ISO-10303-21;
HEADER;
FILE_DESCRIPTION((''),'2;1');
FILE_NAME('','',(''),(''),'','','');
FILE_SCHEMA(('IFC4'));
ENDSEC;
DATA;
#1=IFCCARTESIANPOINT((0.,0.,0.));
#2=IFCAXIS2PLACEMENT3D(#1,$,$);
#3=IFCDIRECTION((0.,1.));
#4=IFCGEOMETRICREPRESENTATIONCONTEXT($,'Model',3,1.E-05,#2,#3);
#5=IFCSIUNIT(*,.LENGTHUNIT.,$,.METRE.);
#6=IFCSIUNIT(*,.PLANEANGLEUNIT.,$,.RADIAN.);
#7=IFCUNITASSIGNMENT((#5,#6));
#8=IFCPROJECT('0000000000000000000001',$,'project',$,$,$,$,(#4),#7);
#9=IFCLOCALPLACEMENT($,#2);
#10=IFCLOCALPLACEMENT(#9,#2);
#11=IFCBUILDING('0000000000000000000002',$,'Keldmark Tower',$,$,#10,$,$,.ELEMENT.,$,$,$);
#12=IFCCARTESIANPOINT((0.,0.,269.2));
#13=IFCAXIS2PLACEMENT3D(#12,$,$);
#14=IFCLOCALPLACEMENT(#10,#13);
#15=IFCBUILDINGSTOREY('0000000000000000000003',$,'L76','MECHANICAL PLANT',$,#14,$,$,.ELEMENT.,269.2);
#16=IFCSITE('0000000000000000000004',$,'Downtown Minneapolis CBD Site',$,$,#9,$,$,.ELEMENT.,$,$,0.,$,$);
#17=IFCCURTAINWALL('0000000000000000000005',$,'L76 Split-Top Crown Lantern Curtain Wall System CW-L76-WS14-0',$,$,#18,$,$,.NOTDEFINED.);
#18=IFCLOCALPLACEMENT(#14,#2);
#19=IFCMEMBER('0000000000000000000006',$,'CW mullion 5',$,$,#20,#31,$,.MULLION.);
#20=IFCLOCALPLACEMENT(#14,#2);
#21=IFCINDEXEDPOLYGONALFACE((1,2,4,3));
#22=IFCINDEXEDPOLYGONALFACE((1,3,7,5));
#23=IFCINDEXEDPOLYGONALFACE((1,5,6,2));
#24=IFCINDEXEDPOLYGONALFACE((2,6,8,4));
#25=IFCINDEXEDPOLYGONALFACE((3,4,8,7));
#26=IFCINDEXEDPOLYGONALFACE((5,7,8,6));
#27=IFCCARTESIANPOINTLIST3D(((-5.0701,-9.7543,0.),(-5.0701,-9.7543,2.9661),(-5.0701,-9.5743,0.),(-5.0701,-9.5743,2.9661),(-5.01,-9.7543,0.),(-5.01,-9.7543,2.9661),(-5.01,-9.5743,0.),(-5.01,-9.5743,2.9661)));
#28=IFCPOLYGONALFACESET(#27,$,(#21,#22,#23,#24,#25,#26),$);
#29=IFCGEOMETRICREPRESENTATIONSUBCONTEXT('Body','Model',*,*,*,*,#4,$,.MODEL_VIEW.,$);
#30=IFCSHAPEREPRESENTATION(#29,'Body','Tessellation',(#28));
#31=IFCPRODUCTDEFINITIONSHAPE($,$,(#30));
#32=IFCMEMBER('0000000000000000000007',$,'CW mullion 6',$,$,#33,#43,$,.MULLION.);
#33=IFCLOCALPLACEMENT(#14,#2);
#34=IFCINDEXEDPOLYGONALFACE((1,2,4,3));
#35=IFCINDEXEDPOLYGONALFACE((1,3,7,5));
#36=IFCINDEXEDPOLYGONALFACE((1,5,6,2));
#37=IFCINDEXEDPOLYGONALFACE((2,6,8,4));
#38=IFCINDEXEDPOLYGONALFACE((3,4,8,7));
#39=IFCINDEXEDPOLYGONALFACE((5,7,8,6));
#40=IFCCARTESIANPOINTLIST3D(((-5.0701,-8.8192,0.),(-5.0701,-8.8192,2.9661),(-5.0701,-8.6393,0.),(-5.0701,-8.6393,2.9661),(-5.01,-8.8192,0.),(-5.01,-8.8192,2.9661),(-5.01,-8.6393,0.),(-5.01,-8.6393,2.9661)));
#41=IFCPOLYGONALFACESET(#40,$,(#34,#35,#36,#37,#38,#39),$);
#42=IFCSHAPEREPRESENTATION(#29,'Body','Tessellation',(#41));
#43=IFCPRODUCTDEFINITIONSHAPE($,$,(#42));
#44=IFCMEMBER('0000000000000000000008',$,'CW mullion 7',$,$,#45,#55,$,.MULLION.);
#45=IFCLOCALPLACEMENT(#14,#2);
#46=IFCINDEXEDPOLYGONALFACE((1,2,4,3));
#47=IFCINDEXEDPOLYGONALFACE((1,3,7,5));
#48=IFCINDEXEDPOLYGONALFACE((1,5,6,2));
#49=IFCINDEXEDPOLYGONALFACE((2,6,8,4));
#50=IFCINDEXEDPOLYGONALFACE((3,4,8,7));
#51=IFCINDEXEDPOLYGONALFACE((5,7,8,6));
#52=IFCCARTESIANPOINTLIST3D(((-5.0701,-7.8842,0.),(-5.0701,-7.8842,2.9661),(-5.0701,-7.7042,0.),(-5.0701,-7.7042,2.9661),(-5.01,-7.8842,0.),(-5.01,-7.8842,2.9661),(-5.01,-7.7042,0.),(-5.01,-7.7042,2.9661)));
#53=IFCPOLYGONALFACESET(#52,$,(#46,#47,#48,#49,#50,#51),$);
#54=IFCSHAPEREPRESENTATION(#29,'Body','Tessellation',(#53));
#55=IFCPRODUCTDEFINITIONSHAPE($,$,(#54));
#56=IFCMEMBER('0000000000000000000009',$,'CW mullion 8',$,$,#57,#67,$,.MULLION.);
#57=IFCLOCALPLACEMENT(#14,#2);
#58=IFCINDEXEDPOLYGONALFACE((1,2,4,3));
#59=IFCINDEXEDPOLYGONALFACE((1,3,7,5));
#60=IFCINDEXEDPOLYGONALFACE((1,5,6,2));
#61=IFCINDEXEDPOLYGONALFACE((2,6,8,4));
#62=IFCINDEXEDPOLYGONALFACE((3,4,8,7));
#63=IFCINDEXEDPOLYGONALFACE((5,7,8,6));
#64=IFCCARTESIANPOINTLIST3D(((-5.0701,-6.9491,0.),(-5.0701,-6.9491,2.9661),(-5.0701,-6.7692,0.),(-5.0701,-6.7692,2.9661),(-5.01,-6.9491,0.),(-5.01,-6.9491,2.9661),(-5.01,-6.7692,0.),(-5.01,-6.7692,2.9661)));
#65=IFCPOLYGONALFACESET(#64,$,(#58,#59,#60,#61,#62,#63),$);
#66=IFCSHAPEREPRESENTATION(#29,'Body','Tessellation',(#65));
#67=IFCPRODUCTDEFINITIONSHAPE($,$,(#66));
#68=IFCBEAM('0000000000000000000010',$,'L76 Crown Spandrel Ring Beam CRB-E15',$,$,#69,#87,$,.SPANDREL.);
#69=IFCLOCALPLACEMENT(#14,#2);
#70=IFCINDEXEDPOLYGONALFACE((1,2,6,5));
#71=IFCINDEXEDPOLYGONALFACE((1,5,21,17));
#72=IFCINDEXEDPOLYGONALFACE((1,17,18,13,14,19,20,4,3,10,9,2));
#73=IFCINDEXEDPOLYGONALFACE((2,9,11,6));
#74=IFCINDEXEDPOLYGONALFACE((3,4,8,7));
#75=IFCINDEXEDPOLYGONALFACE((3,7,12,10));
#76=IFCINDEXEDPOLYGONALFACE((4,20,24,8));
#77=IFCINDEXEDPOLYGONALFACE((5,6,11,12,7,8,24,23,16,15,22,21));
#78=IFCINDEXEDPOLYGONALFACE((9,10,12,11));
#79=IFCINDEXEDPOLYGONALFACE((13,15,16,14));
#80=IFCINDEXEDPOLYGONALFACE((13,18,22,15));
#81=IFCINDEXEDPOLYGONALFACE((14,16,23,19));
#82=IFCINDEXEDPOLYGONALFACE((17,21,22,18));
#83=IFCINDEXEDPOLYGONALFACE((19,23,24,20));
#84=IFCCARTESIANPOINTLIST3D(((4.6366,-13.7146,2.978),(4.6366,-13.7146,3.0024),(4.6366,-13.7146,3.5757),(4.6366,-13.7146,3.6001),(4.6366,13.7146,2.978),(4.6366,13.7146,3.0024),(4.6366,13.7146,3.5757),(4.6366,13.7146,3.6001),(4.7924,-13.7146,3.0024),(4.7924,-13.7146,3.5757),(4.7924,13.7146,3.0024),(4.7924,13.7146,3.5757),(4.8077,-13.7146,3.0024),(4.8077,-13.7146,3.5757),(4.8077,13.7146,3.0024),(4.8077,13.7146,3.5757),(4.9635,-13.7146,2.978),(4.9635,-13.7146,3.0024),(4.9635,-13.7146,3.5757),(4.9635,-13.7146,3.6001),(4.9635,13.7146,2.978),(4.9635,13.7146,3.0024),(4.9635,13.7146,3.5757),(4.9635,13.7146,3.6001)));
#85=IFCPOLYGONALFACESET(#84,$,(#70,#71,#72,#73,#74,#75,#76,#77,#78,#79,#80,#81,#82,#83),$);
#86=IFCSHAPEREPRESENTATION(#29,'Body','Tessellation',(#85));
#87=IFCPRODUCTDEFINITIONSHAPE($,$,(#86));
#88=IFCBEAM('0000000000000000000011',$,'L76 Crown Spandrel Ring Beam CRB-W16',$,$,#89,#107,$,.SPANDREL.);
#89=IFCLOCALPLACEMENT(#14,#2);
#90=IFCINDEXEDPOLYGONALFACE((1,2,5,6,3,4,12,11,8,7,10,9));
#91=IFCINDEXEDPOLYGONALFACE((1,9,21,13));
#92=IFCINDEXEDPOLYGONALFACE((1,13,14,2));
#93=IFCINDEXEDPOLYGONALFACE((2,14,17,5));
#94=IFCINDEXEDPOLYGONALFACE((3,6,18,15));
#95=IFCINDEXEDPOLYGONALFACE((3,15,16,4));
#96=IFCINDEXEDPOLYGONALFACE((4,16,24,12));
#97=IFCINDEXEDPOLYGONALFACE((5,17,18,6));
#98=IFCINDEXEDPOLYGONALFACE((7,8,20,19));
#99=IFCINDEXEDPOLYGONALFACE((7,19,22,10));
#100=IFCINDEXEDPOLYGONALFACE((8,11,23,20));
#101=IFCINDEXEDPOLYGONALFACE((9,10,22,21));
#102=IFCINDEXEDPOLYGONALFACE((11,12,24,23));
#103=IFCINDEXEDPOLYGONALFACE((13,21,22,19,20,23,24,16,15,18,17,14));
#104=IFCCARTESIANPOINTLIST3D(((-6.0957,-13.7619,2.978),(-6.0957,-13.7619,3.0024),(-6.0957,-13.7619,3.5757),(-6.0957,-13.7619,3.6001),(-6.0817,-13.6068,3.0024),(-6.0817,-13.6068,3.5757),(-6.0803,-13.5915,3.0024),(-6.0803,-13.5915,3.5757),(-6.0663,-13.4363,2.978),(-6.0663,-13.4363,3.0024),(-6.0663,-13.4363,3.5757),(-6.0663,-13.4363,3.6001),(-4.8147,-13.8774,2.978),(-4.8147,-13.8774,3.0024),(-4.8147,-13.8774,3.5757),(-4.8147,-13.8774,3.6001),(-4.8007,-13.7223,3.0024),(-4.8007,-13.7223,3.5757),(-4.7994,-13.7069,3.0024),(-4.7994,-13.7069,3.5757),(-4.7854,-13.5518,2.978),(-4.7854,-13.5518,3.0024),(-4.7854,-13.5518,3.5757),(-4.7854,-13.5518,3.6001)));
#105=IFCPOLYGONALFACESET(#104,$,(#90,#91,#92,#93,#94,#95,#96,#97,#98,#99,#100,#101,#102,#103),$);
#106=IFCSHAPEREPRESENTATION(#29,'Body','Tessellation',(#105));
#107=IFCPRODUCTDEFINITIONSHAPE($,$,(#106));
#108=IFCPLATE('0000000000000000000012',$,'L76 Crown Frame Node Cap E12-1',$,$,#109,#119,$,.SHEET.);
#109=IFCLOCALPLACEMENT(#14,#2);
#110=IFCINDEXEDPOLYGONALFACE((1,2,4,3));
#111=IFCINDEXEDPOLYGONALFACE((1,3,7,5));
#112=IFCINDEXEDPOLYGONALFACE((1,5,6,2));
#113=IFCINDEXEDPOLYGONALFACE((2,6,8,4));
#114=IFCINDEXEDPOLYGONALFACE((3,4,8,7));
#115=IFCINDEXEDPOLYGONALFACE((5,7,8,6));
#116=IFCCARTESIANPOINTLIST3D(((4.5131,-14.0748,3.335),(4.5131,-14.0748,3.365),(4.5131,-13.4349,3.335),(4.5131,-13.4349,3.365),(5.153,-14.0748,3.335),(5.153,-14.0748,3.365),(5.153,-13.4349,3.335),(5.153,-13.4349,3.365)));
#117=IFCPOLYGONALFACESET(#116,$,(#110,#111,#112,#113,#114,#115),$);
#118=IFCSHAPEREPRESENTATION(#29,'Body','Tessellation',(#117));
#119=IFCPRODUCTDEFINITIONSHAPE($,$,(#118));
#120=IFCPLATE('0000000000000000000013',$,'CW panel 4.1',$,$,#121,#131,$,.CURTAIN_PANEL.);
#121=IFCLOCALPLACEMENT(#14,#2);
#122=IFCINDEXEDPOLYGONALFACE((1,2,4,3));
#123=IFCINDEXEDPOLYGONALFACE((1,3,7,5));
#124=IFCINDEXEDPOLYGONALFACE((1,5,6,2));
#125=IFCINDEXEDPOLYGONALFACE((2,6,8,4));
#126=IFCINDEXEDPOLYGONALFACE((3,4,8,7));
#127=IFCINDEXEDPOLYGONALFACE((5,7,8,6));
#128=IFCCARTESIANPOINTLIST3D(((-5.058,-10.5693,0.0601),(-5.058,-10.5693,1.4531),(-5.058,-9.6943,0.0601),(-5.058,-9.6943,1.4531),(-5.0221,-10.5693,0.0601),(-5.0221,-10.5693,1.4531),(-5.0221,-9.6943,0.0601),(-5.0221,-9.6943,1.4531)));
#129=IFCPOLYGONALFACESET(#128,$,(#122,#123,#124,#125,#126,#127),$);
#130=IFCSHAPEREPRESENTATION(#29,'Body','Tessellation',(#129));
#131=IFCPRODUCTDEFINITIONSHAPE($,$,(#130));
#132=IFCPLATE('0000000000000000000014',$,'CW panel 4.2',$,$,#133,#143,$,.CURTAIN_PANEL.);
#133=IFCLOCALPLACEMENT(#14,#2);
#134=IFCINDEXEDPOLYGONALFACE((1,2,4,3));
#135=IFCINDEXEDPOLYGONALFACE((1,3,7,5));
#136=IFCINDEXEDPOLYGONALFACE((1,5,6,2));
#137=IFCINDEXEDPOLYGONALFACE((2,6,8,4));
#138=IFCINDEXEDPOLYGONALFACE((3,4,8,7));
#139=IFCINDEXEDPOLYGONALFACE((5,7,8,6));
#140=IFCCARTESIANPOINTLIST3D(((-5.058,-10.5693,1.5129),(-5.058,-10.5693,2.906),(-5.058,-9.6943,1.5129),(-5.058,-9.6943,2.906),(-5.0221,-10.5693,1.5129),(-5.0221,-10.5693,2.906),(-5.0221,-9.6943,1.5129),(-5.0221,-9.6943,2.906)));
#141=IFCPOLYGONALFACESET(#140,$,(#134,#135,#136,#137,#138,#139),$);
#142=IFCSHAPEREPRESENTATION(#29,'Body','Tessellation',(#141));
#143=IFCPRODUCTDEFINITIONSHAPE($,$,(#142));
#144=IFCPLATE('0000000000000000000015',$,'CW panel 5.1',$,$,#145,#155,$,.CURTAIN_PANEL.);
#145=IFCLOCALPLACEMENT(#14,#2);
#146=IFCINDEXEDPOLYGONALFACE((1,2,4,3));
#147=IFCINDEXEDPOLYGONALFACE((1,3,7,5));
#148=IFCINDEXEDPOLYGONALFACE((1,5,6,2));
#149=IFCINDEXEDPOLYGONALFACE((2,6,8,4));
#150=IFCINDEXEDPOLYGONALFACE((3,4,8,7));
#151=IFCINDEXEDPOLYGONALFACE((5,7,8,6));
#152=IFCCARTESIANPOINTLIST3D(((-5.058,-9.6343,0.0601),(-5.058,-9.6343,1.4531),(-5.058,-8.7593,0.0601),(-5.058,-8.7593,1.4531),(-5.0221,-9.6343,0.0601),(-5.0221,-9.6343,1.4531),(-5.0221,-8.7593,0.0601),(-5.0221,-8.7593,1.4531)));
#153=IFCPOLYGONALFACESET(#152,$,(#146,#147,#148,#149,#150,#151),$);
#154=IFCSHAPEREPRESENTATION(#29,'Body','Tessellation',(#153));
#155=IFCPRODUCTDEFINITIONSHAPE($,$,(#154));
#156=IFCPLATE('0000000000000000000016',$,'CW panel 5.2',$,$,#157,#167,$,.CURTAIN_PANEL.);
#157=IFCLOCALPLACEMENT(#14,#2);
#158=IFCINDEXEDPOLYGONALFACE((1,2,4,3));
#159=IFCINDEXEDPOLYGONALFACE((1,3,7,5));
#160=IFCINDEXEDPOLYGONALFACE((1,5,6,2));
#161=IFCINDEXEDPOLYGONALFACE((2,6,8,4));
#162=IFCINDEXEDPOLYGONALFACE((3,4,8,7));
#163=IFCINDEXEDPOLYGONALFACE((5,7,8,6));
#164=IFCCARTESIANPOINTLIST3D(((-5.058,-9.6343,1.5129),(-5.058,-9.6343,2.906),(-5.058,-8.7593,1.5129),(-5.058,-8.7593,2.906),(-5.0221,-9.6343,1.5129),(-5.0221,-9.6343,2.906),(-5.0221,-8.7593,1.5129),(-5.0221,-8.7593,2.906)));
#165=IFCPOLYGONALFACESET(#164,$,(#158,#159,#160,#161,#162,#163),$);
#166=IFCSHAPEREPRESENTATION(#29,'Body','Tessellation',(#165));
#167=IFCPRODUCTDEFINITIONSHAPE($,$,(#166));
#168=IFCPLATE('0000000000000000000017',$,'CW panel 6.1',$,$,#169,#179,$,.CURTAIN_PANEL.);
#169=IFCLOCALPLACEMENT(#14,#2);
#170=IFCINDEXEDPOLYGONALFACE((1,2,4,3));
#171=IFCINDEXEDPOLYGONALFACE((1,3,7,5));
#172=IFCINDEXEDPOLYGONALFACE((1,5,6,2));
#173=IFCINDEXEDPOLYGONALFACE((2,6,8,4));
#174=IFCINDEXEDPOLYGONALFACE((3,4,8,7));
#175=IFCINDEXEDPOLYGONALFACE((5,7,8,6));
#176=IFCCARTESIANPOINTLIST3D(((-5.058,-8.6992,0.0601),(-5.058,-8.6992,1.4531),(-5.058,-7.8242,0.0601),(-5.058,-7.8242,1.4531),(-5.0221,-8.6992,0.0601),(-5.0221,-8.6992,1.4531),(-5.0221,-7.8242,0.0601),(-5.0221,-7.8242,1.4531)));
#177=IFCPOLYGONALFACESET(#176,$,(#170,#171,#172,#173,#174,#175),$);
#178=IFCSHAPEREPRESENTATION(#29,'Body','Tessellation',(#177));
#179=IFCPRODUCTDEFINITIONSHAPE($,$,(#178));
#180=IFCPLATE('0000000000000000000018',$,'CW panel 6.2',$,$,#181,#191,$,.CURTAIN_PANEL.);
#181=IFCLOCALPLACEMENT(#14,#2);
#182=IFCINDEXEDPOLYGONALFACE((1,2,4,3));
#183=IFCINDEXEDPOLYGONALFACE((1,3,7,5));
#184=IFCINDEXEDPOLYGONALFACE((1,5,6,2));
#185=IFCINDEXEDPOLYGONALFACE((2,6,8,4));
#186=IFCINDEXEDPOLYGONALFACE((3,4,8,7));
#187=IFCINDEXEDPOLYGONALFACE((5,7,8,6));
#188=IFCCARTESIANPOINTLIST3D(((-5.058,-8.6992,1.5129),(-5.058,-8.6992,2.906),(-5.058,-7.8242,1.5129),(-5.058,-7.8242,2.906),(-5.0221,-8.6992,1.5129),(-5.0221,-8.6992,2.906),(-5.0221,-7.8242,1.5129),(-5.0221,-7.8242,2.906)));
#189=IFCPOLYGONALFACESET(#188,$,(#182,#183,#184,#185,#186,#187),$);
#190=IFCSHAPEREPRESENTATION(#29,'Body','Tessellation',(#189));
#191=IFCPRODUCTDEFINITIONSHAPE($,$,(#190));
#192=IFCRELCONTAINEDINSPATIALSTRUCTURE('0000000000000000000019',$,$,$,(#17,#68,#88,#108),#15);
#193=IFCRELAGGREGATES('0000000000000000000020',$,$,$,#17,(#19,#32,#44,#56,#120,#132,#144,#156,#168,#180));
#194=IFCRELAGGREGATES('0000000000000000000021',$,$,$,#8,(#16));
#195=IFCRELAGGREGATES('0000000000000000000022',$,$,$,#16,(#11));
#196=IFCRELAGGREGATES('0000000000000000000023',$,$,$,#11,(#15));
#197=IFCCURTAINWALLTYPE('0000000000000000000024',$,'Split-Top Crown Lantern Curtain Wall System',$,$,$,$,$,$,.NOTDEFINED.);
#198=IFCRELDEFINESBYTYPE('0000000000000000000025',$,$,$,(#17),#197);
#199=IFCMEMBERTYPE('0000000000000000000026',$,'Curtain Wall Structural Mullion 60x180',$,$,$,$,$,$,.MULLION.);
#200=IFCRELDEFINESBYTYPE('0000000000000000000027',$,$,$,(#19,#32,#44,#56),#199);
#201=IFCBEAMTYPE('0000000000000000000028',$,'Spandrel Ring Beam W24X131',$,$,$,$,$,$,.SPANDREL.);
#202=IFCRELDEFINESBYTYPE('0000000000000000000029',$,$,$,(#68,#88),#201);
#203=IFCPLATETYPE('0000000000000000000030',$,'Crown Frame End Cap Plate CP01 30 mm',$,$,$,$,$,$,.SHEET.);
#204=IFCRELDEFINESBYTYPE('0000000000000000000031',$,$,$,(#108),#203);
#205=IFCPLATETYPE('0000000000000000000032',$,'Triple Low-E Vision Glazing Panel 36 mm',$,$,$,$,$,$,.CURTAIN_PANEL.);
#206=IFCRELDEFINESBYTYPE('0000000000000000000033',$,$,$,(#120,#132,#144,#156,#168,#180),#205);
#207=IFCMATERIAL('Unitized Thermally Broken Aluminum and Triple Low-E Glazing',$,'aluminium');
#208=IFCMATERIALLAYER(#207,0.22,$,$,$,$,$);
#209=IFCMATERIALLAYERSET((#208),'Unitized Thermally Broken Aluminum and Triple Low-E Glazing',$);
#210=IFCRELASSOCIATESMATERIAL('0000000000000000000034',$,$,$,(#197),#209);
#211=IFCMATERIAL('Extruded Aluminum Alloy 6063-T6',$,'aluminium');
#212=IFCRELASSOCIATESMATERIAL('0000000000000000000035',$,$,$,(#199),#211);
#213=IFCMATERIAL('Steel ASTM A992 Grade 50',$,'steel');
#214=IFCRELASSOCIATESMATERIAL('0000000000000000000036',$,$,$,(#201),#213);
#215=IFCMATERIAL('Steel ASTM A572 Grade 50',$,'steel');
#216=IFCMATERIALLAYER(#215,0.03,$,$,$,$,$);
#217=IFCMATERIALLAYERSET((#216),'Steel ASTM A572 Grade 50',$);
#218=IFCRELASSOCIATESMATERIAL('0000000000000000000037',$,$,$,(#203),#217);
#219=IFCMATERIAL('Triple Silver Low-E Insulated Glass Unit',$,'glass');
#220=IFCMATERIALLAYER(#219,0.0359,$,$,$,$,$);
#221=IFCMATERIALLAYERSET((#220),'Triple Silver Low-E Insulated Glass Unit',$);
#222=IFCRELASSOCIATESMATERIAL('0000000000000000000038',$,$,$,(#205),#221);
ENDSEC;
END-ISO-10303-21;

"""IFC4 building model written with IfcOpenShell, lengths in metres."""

from ifc_helpers import new_model, si_unit, direction, frame, origin, origin_2d, place, context, subcontext, project, spatial, rectangle, i_section, extrude, material, layer, layer_set, material_profile, profile_set, type_object, element, aggregate, save


model = new_model("IFC4")

# Units and contexts
model_context = context("Model", 3, precision=1e-05, world=origin(), true_north=direction((0.0, 1.0)))
body_context = subcontext(model_context, "Body", "Model", "MODEL_VIEW")
ifc_project = project(units=[si_unit("LENGTHUNIT", "METRE"), si_unit("PLANEANGLEUNIT", "RADIAN")], contexts=[model_context])

# Site, building, storey
site_placement = place(None, origin())
site = spatial("IfcSite", under=ifc_project, at=site_placement, Name="Downtown Minneapolis CBD Site", CompositionType="ELEMENT", RefElevation=0.0)
building_placement = place(site_placement, origin())
building = spatial("IfcBuilding", under=site, at=building_placement, Name="Keldmark Tower", CompositionType="ELEMENT")
storey_placement = place(building_placement, frame((0.0, 0.0, 269.2)))
storey = spatial("IfcBuildingStorey", under=building, at=storey_placement, Name="L76", Description="MECHANICAL PLANT", CompositionType="ELEMENT", Elevation=269.2)

# Curtain wall, members
ifc_material_1 = material(Name="Unitized Thermally Broken Aluminum and Triple Low-E Glazing", Category="aluminium")
ifc_layer_1 = layer(ifc_material_1, 0.22)
ifc_layer_set_1 = layer_set([ifc_layer_1], Name="Unitized Thermally Broken Aluminum and Triple Low-E Glazing")
curtain_wall_type = type_object("IfcCurtainWallType", Name="Split-Top Crown Lantern Curtain Wall System", PredefinedType="NOTDEFINED", material=ifc_layer_set_1)
curtain_wall_placement = place(storey_placement, origin())
curtain_wall = element("IfcCurtainWall", 1, at=curtain_wall_placement, inside=storey, type_object=curtain_wall_type, Name="L76 Split-Top Crown Lantern Curtain Wall System CW-L76-WS14-0", PredefinedType="NOTDEFINED")
ifc_material_2 = material(Name="Extruded Aluminum Alloy 6063-T6", Category="aluminium")
ifc_material_profile_1 = material_profile(ifc_material_2, rectangle(XDim=0.0601, YDim=0.1799, at=origin_2d()), Name="CWM60X180")
ifc_profile_set_1 = profile_set([ifc_material_profile_1], Name="Extruded Aluminum Alloy 6063-T6")
member_type_1 = type_object("IfcMemberType", Name="Curtain Wall Structural Mullion 60x180", PredefinedType="MULLION", material=ifc_profile_set_1)
member_1_placement = place(storey_placement, frame((-5.04, -9.6643, 0.0), z_axis=(0.0, 0.0, 1.0), x_axis=(-1.0, 0.0, 0.0)))
member_1 = element("IfcMember", 2, at=member_1_placement, type_object=member_type_1, Name="CW mullion 5", PredefinedType="MULLION", context=body_context, shape_type="SweptSolid", body=[
    extrude(rectangle(XDim=0.0601, YDim=0.1799, at=origin_2d()), origin(), (0.0, 0.0, 1.0), 2.9661),
])
member_2_placement = place(storey_placement, frame((-5.04, -8.7292, 0.0), z_axis=(0.0, 0.0, 1.0), x_axis=(-1.0, 0.0, 0.0)))
member_2 = element("IfcMember", 3, at=member_2_placement, type_object=member_type_1, Name="CW mullion 6", PredefinedType="MULLION", context=body_context, shape_type="SweptSolid", body=[
    extrude(rectangle(XDim=0.0601, YDim=0.1799, at=origin_2d()), origin(), (0.0, 0.0, 1.0), 2.9661),
])
member_3_placement = place(storey_placement, frame((-5.04, -7.7942, 0.0), z_axis=(0.0, 0.0, 1.0), x_axis=(-1.0, 0.0, 0.0)))
member_3 = element("IfcMember", 4, at=member_3_placement, type_object=member_type_1, Name="CW mullion 7", PredefinedType="MULLION", context=body_context, shape_type="SweptSolid", body=[
    extrude(rectangle(XDim=0.0601, YDim=0.1799, at=origin_2d()), origin(), (0.0, 0.0, 1.0), 2.9661),
])
member_4_placement = place(storey_placement, frame((-5.04, -6.8591, 0.0), z_axis=(0.0, 0.0, 1.0), x_axis=(-1.0, 0.0, 0.0)))
member_4 = element("IfcMember", 5, at=member_4_placement, type_object=member_type_1, Name="CW mullion 8", PredefinedType="MULLION", context=body_context, shape_type="SweptSolid", body=[
    extrude(rectangle(XDim=0.0601, YDim=0.1799, at=origin_2d()), origin(), (0.0, 0.0, 1.0), 2.9661),
])

# Beams
ifc_material_3 = material(Name="Steel ASTM A992 Grade 50", Category="steel")
ifc_material_profile_2 = material_profile(ifc_material_3, i_section(OverallWidth=0.3269, OverallDepth=0.6221, WebThickness=0.0154, FlangeThickness=0.0244, at=origin_2d()), Name="W24X131")
ifc_profile_set_2 = profile_set([ifc_material_profile_2], Name="Steel ASTM A992 Grade 50")
beam_type = type_object("IfcBeamType", Name="Spandrel Ring Beam W24X131", PredefinedType="SPANDREL", material=ifc_profile_set_2)
beam_1_placement = place(storey_placement, frame((4.8, -13.7146, 3.2891), z_axis=(0.0, 1.0, 0.0), x_axis=(-1.0, 0.0, 0.0)))
element("IfcBeam", 6, at=beam_1_placement, inside=storey, type_object=beam_type, Name="L76 Crown Spandrel Ring Beam CRB-E15", PredefinedType="SPANDREL", context=body_context, shape_type="SweptSolid", body=[
    extrude(i_section(OverallWidth=0.3269, OverallDepth=0.6221, WebThickness=0.0154, FlangeThickness=0.0244, at=origin_2d()), origin(), (0.0, 0.0, 1.0), 27.4292),
])
beam_2_placement = place(storey_placement, frame((-4.8, -13.7146, 3.2891), z_axis=(-0.995961, 0.089783, 0.0), x_axis=(-0.089783, -0.995961, 0.0)))
element("IfcBeam", 7, at=beam_2_placement, inside=storey, type_object=beam_type, Name="L76 Crown Spandrel Ring Beam CRB-W16", PredefinedType="SPANDREL", context=body_context, shape_type="SweptSolid", body=[
    extrude(i_section(OverallWidth=0.3269, OverallDepth=0.6221, WebThickness=0.0154, FlangeThickness=0.0244, at=origin_2d()), origin(), (0.0, 0.0, 1.0), 1.2861),
])

# Plates
ifc_material_4 = material(Name="Steel ASTM A572 Grade 50", Category="steel")
ifc_layer_2 = layer(ifc_material_4, 0.03)
ifc_layer_set_2 = layer_set([ifc_layer_2], Name="Steel ASTM A572 Grade 50")
plate_type_1 = type_object("IfcPlateType", Name="Crown Frame End Cap Plate CP01 30 mm", PredefinedType="SHEET", material=ifc_layer_set_2)
plate_1_placement = place(storey_placement, frame((4.833, -13.7549, 3.335), z_axis=(0.0, 0.0, 1.0), x_axis=(1.0, 0.0, 0.0)))
element("IfcPlate", 8, at=plate_1_placement, inside=storey, type_object=plate_type_1, Name="L76 Crown Frame Node Cap E12-1", PredefinedType="SHEET", context=body_context, shape_type="SweptSolid", body=[
    extrude(rectangle(XDim=0.6399, YDim=0.6399, at=origin_2d()), origin(), (0.0, 0.0, 1.0), 0.03),
])
ifc_material_5 = material(Name="Triple Silver Low-E Insulated Glass Unit", Category="glass")
ifc_layer_3 = layer(ifc_material_5, 0.0359)
ifc_layer_set_3 = layer_set([ifc_layer_3], Name="Triple Silver Low-E Insulated Glass Unit")
plate_type_2 = type_object("IfcPlateType", Name="Triple Low-E Vision Glazing Panel 36 mm", PredefinedType="CURTAIN_PANEL", material=ifc_layer_set_3)
plate_2_placement = place(storey_placement, frame((-5.04, -10.1318, 0.0601), z_axis=(0.0, 0.0, 1.0), x_axis=(0.0, 1.0, 0.0)))
plate_2 = element("IfcPlate", 9, at=plate_2_placement, type_object=plate_type_2, Name="CW panel 4.1", PredefinedType="CURTAIN_PANEL", context=body_context, shape_type="SweptSolid", body=[
    extrude(rectangle(XDim=0.875, YDim=0.0359, at=origin_2d()), origin(), (0.0, 0.0, 1.0), 1.3931),
])
plate_3_placement = place(storey_placement, frame((-5.04, -10.1318, 1.5129), z_axis=(0.0, 0.0, 1.0), x_axis=(0.0, 1.0, 0.0)))
plate_3 = element("IfcPlate", 10, at=plate_3_placement, type_object=plate_type_2, Name="CW panel 4.2", PredefinedType="CURTAIN_PANEL", context=body_context, shape_type="SweptSolid", body=[
    extrude(rectangle(XDim=0.875, YDim=0.0359, at=origin_2d()), origin(), (0.0, 0.0, 1.0), 1.3931),
])
plate_4_placement = place(storey_placement, frame((-5.04, -9.1968, 0.0601), z_axis=(0.0, 0.0, 1.0), x_axis=(0.0, 1.0, 0.0)))
plate_4 = element("IfcPlate", 11, at=plate_4_placement, type_object=plate_type_2, Name="CW panel 5.1", PredefinedType="CURTAIN_PANEL", context=body_context, shape_type="SweptSolid", body=[
    extrude(rectangle(XDim=0.875, YDim=0.0359, at=origin_2d()), origin(), (0.0, 0.0, 1.0), 1.3931),
])
plate_5_placement = place(storey_placement, frame((-5.04, -9.1968, 1.5129), z_axis=(0.0, 0.0, 1.0), x_axis=(0.0, 1.0, 0.0)))
plate_5 = element("IfcPlate", 12, at=plate_5_placement, type_object=plate_type_2, Name="CW panel 5.2", PredefinedType="CURTAIN_PANEL", context=body_context, shape_type="SweptSolid", body=[
    extrude(rectangle(XDim=0.875, YDim=0.0359, at=origin_2d()), origin(), (0.0, 0.0, 1.0), 1.3931),
])
plate_6_placement = place(storey_placement, frame((-5.04, -8.2617, 0.0601), z_axis=(0.0, 0.0, 1.0), x_axis=(0.0, 1.0, 0.0)))
plate_6 = element("IfcPlate", 13, at=plate_6_placement, type_object=plate_type_2, Name="CW panel 6.1", PredefinedType="CURTAIN_PANEL", context=body_context, shape_type="SweptSolid", body=[
    extrude(rectangle(XDim=0.875, YDim=0.0359, at=origin_2d()), origin(), (0.0, 0.0, 1.0), 1.3931),
])
plate_7_placement = place(storey_placement, frame((-5.04, -8.2617, 1.5129), z_axis=(0.0, 0.0, 1.0), x_axis=(0.0, 1.0, 0.0)))
plate_7 = element("IfcPlate", 14, at=plate_7_placement, type_object=plate_type_2, Name="CW panel 6.2", PredefinedType="CURTAIN_PANEL", context=body_context, shape_type="SweptSolid", body=[
    extrude(rectangle(XDim=0.875, YDim=0.0359, at=origin_2d()), origin(), (0.0, 0.0, 1.0), 1.3931),
])
aggregate(curtain_wall, [member_1, member_2, member_3, member_4, plate_2, plate_3, plate_4, plate_5, plate_6, plate_7])

save(model, "model.ifc")
